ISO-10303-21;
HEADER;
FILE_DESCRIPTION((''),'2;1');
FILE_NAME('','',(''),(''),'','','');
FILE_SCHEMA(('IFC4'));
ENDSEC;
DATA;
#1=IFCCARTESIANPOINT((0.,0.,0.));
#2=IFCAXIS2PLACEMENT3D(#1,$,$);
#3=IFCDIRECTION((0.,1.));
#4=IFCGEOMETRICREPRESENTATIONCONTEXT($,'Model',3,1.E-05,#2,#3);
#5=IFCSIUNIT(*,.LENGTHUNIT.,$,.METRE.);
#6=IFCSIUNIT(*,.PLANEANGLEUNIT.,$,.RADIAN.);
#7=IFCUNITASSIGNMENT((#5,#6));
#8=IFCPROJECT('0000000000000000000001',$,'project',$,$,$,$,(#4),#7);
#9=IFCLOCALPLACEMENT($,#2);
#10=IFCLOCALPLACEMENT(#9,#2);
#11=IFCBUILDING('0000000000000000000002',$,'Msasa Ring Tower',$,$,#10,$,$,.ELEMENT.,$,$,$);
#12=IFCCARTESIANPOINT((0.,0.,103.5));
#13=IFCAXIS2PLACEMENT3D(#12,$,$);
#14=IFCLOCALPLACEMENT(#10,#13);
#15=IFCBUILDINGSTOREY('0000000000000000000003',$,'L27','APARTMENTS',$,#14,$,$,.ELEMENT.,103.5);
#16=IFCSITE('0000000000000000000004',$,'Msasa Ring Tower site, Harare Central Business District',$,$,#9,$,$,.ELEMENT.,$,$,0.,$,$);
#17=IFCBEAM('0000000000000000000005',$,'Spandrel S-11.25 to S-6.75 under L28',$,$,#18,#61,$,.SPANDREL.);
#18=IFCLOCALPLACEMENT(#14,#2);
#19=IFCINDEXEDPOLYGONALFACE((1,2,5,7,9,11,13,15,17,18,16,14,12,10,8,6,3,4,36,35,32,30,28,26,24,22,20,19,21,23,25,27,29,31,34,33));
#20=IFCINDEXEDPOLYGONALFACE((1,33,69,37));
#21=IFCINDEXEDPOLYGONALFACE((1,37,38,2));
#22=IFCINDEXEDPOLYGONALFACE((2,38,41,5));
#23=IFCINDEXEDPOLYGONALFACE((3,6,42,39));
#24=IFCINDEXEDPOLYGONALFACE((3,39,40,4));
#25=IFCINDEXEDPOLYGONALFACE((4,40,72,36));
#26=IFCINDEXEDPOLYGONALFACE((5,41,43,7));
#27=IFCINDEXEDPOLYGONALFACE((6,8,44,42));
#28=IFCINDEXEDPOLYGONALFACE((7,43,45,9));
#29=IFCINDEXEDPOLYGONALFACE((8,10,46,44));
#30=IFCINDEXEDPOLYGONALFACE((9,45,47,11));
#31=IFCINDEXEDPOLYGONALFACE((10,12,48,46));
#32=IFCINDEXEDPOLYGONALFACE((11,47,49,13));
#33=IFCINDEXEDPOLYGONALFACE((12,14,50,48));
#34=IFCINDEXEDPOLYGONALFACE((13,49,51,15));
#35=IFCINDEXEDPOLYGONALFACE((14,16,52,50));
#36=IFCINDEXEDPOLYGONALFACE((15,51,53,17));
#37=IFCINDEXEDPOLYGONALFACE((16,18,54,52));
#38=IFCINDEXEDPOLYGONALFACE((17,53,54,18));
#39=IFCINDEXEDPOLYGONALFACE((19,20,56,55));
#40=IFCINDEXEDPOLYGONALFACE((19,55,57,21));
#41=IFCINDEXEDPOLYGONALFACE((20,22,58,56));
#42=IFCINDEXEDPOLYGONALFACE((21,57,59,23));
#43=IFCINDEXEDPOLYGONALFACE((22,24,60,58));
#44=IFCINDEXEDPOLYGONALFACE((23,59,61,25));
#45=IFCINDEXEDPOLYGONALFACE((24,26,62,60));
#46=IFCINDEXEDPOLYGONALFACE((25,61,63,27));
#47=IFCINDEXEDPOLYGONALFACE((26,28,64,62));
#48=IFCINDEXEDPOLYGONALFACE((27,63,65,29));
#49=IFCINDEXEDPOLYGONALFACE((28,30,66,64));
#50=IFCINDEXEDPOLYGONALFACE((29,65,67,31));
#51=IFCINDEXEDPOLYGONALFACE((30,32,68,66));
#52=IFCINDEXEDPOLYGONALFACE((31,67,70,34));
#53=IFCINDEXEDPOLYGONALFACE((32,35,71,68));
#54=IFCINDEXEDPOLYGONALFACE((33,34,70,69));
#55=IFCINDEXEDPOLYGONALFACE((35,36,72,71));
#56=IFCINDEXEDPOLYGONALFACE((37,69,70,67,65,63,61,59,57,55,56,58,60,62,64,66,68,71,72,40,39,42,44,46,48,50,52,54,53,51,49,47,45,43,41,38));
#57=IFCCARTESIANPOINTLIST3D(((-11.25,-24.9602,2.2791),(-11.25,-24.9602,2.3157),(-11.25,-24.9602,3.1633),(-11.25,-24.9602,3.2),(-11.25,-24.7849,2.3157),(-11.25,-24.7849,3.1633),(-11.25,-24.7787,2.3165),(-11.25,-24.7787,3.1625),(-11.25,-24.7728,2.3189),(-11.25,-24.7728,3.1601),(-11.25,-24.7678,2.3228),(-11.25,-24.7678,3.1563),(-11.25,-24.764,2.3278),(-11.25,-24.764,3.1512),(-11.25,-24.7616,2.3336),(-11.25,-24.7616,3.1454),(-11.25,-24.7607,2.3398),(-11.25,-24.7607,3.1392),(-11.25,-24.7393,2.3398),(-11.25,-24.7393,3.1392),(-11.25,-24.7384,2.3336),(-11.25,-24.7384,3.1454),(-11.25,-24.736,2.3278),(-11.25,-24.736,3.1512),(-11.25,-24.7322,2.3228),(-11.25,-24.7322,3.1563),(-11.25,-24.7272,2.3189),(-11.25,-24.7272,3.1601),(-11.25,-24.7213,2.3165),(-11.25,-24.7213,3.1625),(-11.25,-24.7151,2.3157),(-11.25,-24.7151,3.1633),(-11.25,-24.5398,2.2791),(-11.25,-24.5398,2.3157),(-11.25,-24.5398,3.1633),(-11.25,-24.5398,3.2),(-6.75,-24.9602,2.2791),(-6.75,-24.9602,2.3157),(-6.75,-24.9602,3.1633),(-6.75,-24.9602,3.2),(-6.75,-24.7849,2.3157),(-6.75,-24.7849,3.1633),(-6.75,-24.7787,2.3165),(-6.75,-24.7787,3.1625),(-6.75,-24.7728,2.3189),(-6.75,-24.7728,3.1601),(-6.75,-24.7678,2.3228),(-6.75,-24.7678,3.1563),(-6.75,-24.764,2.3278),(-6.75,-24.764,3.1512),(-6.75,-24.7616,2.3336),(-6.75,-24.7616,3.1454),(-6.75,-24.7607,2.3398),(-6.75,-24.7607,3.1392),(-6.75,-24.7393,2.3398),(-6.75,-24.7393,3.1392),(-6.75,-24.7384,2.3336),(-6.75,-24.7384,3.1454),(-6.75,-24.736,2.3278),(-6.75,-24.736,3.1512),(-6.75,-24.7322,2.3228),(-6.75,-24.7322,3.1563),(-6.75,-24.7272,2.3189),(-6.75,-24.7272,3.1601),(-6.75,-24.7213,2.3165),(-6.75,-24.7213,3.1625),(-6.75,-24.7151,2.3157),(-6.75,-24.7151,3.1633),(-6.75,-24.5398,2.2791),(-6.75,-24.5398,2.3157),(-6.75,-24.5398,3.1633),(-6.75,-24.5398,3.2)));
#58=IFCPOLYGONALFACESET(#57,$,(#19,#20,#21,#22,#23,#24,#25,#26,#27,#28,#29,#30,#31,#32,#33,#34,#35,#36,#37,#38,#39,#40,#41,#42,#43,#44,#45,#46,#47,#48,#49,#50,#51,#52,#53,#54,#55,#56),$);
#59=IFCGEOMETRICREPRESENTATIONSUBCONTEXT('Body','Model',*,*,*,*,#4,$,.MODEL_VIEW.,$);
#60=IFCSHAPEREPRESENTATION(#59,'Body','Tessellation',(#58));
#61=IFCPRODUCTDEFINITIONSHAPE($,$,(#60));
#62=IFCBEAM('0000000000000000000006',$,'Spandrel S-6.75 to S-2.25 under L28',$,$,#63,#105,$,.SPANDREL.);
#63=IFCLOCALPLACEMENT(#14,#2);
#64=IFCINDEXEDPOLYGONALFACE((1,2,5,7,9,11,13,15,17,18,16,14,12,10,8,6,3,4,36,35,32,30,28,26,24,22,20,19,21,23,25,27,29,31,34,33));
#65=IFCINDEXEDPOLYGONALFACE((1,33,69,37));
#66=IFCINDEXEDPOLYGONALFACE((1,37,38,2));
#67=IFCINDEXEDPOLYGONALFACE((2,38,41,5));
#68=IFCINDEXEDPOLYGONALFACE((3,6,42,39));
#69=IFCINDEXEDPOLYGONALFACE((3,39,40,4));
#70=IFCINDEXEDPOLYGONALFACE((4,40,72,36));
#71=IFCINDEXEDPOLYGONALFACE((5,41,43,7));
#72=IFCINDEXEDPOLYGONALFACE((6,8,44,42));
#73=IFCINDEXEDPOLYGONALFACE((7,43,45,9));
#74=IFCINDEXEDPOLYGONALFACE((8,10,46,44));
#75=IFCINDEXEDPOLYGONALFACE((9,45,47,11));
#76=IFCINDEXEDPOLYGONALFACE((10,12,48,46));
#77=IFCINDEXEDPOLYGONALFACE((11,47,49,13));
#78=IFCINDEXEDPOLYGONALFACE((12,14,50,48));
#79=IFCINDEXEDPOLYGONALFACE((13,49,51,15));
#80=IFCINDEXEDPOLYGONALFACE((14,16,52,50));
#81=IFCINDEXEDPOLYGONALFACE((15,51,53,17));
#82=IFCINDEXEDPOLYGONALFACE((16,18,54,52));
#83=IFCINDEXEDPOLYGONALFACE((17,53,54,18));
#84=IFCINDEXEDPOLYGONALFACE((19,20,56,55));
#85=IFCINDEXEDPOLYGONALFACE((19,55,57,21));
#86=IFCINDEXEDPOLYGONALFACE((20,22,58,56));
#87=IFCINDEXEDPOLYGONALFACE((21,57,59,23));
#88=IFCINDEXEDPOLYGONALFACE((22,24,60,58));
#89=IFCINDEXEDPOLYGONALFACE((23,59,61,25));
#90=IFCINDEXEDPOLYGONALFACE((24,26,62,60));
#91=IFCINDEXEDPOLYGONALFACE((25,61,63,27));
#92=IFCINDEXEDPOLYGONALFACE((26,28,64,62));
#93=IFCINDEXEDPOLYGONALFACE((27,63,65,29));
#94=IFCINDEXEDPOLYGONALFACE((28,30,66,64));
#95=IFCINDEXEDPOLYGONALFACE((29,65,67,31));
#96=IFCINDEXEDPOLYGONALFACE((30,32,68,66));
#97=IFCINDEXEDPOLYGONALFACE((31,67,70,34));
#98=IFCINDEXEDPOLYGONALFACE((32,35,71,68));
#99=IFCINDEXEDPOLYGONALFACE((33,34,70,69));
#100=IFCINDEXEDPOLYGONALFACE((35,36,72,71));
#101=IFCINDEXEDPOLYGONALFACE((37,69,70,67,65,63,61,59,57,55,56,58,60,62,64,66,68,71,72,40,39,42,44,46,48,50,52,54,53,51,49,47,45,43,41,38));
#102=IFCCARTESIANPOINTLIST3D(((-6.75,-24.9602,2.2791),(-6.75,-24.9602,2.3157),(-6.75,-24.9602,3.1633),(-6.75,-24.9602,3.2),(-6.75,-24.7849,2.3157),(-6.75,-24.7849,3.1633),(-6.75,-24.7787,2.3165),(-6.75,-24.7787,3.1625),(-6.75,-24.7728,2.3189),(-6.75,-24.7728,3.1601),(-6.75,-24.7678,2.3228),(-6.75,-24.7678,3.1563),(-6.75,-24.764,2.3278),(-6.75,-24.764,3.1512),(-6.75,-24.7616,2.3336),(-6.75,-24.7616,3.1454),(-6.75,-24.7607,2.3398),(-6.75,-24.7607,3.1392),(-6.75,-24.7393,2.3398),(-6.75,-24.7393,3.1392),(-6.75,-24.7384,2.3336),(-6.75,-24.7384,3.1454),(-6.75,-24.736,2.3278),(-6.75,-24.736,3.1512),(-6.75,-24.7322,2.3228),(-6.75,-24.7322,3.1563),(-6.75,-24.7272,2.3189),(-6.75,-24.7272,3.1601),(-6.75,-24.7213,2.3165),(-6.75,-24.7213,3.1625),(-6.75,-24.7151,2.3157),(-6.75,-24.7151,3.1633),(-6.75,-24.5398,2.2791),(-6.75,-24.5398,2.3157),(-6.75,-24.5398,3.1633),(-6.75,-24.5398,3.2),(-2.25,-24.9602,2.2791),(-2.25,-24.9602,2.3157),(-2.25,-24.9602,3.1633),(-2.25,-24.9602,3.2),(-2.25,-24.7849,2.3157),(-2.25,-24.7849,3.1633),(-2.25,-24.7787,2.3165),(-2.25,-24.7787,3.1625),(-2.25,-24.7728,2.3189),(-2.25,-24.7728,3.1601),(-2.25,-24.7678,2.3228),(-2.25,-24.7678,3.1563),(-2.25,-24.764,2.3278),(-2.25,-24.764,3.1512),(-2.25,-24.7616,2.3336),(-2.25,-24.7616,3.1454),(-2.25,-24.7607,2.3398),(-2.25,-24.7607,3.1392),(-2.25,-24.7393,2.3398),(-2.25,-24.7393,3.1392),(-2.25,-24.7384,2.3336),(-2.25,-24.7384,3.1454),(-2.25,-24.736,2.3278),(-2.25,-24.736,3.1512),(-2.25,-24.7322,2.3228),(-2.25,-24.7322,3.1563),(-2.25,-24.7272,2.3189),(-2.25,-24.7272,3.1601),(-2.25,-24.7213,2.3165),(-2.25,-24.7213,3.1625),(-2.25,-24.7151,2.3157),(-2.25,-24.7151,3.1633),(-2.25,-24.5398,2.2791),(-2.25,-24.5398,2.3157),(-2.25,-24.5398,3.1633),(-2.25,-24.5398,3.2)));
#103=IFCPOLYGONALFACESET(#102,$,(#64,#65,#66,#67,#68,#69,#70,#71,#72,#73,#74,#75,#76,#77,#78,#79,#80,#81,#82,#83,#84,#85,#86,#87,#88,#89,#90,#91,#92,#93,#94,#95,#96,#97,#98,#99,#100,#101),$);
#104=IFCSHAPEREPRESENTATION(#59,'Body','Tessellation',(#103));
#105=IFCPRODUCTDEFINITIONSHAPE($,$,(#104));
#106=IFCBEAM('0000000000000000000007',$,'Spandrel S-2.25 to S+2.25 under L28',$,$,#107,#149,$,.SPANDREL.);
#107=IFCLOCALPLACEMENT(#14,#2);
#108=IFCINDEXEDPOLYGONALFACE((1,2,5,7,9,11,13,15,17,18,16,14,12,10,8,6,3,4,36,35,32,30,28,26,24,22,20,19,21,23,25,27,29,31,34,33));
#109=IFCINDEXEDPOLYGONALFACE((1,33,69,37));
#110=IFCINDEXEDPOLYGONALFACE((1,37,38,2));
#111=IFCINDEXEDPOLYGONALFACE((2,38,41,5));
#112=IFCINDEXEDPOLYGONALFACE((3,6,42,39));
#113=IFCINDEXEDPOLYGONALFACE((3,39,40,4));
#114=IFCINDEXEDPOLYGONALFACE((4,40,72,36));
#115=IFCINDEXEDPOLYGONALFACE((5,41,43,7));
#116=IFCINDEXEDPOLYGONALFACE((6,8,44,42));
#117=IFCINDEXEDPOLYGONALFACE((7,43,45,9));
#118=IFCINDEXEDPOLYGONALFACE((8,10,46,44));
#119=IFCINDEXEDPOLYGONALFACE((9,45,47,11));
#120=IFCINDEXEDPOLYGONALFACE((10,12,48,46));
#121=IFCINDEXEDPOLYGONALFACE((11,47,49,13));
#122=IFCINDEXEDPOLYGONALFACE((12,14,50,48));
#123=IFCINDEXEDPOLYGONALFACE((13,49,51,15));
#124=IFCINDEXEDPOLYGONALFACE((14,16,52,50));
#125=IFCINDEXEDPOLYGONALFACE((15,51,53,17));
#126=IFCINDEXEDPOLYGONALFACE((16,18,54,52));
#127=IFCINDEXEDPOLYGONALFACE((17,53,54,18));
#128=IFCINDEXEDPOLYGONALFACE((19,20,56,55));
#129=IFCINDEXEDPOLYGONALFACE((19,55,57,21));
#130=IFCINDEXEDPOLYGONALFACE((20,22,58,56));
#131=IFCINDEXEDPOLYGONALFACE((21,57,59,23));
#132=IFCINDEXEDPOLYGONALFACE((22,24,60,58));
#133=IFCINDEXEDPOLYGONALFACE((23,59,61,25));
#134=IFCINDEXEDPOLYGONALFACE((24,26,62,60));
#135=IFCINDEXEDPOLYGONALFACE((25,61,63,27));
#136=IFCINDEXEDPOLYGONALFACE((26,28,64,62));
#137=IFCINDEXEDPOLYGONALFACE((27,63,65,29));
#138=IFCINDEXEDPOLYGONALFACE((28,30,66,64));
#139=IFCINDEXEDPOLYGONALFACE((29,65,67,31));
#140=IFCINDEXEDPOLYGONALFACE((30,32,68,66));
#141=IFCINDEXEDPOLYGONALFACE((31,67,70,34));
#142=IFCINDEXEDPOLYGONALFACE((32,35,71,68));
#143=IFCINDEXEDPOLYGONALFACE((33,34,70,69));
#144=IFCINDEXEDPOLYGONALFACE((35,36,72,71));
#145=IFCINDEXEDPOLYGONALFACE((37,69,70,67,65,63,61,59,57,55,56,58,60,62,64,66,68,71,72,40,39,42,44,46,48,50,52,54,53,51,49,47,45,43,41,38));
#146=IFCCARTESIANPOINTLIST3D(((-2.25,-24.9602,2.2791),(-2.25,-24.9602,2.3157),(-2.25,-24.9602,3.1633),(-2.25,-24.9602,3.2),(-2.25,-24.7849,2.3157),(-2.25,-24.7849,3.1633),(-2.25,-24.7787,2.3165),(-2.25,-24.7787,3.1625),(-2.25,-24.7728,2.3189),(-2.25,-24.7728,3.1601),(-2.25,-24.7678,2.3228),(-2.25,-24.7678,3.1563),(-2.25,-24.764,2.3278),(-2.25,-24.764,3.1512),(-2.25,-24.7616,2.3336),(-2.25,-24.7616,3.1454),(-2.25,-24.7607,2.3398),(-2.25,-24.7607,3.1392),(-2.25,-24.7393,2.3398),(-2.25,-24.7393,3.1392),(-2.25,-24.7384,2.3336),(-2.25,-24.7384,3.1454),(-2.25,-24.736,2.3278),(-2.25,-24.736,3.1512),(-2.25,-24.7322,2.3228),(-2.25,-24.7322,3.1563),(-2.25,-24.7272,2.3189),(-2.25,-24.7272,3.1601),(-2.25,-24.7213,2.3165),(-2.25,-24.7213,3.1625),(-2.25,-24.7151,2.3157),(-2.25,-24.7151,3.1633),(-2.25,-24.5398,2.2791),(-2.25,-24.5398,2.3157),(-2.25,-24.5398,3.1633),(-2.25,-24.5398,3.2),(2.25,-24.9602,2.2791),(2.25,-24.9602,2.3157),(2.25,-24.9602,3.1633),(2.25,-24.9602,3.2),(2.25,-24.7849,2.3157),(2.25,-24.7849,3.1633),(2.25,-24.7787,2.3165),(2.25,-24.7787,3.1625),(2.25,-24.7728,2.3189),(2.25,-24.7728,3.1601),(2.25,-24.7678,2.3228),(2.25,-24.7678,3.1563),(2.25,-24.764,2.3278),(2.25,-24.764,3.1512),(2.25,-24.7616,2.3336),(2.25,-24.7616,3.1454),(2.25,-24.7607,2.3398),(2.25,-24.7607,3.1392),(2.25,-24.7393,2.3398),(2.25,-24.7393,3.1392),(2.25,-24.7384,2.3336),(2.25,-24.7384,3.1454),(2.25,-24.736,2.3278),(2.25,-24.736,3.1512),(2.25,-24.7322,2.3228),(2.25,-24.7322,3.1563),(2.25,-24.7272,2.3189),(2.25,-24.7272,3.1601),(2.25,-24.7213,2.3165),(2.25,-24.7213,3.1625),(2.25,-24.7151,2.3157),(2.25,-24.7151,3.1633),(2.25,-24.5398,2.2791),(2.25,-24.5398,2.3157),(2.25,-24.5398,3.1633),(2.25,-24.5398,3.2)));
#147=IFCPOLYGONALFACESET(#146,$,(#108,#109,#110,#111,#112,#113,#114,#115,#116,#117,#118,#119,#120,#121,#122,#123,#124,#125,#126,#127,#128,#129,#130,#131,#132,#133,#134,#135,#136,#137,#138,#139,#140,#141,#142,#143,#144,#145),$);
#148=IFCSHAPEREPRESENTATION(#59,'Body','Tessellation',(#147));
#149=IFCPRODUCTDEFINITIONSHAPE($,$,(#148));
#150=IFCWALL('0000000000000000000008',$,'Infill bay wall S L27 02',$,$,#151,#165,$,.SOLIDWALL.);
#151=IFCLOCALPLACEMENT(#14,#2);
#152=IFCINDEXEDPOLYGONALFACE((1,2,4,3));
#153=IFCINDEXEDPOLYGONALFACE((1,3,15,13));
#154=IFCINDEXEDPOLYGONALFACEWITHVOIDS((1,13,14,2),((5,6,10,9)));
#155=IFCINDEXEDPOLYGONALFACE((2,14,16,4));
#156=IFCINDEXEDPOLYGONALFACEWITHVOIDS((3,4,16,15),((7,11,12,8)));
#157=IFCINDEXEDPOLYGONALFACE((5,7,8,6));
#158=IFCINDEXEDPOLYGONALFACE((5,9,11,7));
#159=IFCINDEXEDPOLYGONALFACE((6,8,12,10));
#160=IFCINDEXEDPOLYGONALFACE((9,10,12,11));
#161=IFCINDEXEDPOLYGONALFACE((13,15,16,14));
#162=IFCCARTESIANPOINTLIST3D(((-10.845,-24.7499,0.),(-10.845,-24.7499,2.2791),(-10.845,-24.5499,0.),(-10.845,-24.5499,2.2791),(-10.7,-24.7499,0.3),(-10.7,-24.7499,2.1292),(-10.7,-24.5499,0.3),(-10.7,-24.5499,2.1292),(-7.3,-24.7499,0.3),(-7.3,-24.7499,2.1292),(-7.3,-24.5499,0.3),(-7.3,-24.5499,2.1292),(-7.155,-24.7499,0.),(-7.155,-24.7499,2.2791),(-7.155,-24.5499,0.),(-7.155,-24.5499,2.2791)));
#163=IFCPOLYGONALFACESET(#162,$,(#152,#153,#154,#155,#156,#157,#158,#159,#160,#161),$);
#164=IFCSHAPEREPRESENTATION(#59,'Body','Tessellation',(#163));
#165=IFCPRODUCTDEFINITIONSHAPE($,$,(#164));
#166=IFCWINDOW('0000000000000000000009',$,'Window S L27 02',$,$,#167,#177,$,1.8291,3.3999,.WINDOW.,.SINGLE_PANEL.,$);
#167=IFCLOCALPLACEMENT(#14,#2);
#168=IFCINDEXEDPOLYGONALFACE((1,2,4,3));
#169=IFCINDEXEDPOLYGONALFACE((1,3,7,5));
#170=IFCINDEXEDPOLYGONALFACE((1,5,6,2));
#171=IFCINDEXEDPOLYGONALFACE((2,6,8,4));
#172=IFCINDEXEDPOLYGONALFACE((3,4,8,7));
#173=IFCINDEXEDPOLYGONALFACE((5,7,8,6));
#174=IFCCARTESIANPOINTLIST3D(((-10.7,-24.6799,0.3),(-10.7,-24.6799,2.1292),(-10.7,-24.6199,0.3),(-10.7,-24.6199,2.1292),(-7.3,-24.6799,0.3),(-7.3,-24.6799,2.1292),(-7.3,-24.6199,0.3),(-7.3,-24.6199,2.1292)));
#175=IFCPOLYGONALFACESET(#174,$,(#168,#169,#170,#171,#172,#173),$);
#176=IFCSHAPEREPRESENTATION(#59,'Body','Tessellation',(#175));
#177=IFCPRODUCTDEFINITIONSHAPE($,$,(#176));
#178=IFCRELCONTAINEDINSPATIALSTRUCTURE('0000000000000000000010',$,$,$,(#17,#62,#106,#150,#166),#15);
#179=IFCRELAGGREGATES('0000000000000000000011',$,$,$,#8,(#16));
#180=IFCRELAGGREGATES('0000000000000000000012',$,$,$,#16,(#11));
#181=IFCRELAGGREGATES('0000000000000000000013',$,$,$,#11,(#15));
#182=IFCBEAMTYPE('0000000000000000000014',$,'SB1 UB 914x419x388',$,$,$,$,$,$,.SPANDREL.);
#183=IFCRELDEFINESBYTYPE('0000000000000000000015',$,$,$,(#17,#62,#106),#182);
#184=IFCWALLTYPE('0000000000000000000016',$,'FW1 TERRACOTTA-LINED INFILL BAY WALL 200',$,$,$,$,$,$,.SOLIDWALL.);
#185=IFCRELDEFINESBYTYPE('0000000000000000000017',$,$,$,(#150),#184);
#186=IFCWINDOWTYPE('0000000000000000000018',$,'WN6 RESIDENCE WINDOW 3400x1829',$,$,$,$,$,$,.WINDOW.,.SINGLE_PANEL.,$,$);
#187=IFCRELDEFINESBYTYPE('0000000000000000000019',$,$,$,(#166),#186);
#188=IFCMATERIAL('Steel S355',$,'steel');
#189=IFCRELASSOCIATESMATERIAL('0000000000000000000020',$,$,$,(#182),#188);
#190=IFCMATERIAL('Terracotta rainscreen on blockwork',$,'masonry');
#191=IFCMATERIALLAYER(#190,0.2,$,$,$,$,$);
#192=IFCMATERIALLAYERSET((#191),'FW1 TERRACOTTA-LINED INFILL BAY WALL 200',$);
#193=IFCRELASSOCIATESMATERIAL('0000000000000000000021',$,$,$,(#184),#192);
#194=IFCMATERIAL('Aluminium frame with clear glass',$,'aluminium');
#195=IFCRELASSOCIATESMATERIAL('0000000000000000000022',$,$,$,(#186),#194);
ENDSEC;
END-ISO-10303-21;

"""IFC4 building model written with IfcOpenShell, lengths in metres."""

from ifc_helpers import new_model, si_unit, direction, frame, frame_2d, origin, origin_2d, place, context, subcontext, project, spatial, rectangle, i_section, extrude, material, layer, layer_set, material_profile, profile_set, type_object, element, fill, save


model = new_model("IFC4")

# Units and contexts
model_context = context("Model", 3, precision=1e-05, world=origin(), true_north=direction((0.0, 1.0)))
body_context = subcontext(model_context, "Body", "Model", "MODEL_VIEW")
ifc_project = project(units=[si_unit("LENGTHUNIT", "METRE"), si_unit("PLANEANGLEUNIT", "RADIAN")], contexts=[model_context])

# Site, building, storey
site_placement = place(None, origin())
site = spatial("IfcSite", under=ifc_project, at=site_placement, Name="Msasa Ring Tower site, Harare Central Business District", CompositionType="ELEMENT", RefElevation=0.0)
building_placement = place(site_placement, origin())
building = spatial("IfcBuilding", under=site, at=building_placement, Name="Msasa Ring Tower", CompositionType="ELEMENT")
storey_placement = place(building_placement, frame((0.0, 0.0, 103.5)))
storey = spatial("IfcBuildingStorey", under=building, at=storey_placement, Name="L27", Description="APARTMENTS", CompositionType="ELEMENT", Elevation=103.5)

# Beams
ifc_material_1 = material(Name="Steel S355", Category="steel")
ifc_material_profile_1 = material_profile(ifc_material_1, i_section(OverallWidth=0.4204, OverallDepth=0.9209, WebThickness=0.0215, FlangeThickness=0.0366, FilletRadius=0.0242, at=origin_2d()), Name="UB 914x419x388")
ifc_profile_set_1 = profile_set([ifc_material_profile_1], Name="Steel S355")
beam_type_1 = type_object("IfcBeamType", Name="SB1 UB 914x419x388", PredefinedType="SPANDREL", material=ifc_profile_set_1)
for number, where, z_axis, x_axis, name in (
    (1, (-11.25, -24.75, 2.7395), (1.0, 0.0, 0.0), (0.0, 1.0, 0.0), "Spandrel S-11.25 to S-6.75 under L28"),
    (2, (-6.75, -24.75, 2.7395), (1.0, 0.0, 0.0), (0.0, 1.0, 0.0), "Spandrel S-6.75 to S-2.25 under L28"),
    (3, (-2.25, -24.75, 2.7395), (1.0, 0.0, 0.0), (0.0, 1.0, 0.0), "Spandrel S-2.25 to S+2.25 under L28"),
):
    element("IfcBeam", number, at=place(storey_placement, frame(where, z_axis=z_axis, x_axis=x_axis)), inside=storey, type_object=beam_type_1, Name=name, PredefinedType="SPANDREL", context=body_context, shape_type="SweptSolid", body=[
        extrude(i_section(OverallWidth=0.4204, OverallDepth=0.9209, WebThickness=0.0215, FlangeThickness=0.0366, FilletRadius=0.0242, at=origin_2d()), origin(), (0.0, 0.0, 1.0), 4.5),
    ])

# Wall, opening, window
ifc_material_2 = material(Name="Terracotta rainscreen on blockwork", Category="masonry")
ifc_layer_1 = layer(ifc_material_2, 0.2)
ifc_layer_set_1 = layer_set([ifc_layer_1], Name="FW1 TERRACOTTA-LINED INFILL BAY WALL 200")
wall_type_1 = type_object("IfcWallType", Name="FW1 TERRACOTTA-LINED INFILL BAY WALL 200", PredefinedType="SOLIDWALL", material=ifc_layer_set_1)
wall_1_placement = place(storey_placement, frame((-10.845, -24.6499, 0.0), z_axis=(0.0, 0.0, 1.0), x_axis=(1.0, 0.0, 0.0)))
wall_1 = element("IfcWall", 4, at=wall_1_placement, inside=storey, type_object=wall_type_1, Name="Infill bay wall S L27 02", PredefinedType="SOLIDWALL", context=body_context, shape_type="SweptSolid", body=[
    extrude(rectangle(XDim=3.6899, YDim=0.2, at=frame_2d((1.845, 0.0))), origin(), (0.0, 0.0, 1.0), 2.2791),
])
opening_1_placement = place(wall_1_placement, frame((0.145, 0.0, 0.3)))
opening_1 = element("IfcOpeningElement", 5, at=opening_1_placement, cuts=wall_1, PredefinedType="OPENING", context=body_context, shape_type="SweptSolid", body=[
    extrude(rectangle(XDim=3.3999, YDim=1.8291, at=frame_2d((1.7, 0.9146))), frame((0.0, 0.1099, 0.0), z_axis=(0.0, -1.0, 0.0), x_axis=(1.0, 0.0, 0.0)), (0.0, 0.0, 1.0), 0.22),
])
ifc_material_3 = material(Name="Aluminium frame with clear glass", Category="aluminium")
window_type = type_object("IfcWindowType", Name="WN6 RESIDENCE WINDOW 3400x1829", PartitioningType="SINGLE_PANEL", PredefinedType="WINDOW", material=ifc_material_3)
window_1_placement = place(opening_1_placement, origin())
window_1 = element("IfcWindow", 6, at=window_1_placement, inside=storey, type_object=window_type, Name="Window S L27 02", OverallHeight=1.8291, OverallWidth=3.3999, PartitioningType="SINGLE_PANEL", PredefinedType="WINDOW", context=body_context, shape_type="SweptSolid", body=[
    extrude(rectangle(XDim=3.3999, YDim=1.8291, at=frame_2d((1.7, 0.9146))), frame((0.0, 0.03, 0.0), z_axis=(0.0, -1.0, 0.0), x_axis=(1.0, 0.0, 0.0)), (0.0, 0.0, 1.0), 0.0601),
])
fill(opening_1, window_1)

save(model, "model.ifc")
